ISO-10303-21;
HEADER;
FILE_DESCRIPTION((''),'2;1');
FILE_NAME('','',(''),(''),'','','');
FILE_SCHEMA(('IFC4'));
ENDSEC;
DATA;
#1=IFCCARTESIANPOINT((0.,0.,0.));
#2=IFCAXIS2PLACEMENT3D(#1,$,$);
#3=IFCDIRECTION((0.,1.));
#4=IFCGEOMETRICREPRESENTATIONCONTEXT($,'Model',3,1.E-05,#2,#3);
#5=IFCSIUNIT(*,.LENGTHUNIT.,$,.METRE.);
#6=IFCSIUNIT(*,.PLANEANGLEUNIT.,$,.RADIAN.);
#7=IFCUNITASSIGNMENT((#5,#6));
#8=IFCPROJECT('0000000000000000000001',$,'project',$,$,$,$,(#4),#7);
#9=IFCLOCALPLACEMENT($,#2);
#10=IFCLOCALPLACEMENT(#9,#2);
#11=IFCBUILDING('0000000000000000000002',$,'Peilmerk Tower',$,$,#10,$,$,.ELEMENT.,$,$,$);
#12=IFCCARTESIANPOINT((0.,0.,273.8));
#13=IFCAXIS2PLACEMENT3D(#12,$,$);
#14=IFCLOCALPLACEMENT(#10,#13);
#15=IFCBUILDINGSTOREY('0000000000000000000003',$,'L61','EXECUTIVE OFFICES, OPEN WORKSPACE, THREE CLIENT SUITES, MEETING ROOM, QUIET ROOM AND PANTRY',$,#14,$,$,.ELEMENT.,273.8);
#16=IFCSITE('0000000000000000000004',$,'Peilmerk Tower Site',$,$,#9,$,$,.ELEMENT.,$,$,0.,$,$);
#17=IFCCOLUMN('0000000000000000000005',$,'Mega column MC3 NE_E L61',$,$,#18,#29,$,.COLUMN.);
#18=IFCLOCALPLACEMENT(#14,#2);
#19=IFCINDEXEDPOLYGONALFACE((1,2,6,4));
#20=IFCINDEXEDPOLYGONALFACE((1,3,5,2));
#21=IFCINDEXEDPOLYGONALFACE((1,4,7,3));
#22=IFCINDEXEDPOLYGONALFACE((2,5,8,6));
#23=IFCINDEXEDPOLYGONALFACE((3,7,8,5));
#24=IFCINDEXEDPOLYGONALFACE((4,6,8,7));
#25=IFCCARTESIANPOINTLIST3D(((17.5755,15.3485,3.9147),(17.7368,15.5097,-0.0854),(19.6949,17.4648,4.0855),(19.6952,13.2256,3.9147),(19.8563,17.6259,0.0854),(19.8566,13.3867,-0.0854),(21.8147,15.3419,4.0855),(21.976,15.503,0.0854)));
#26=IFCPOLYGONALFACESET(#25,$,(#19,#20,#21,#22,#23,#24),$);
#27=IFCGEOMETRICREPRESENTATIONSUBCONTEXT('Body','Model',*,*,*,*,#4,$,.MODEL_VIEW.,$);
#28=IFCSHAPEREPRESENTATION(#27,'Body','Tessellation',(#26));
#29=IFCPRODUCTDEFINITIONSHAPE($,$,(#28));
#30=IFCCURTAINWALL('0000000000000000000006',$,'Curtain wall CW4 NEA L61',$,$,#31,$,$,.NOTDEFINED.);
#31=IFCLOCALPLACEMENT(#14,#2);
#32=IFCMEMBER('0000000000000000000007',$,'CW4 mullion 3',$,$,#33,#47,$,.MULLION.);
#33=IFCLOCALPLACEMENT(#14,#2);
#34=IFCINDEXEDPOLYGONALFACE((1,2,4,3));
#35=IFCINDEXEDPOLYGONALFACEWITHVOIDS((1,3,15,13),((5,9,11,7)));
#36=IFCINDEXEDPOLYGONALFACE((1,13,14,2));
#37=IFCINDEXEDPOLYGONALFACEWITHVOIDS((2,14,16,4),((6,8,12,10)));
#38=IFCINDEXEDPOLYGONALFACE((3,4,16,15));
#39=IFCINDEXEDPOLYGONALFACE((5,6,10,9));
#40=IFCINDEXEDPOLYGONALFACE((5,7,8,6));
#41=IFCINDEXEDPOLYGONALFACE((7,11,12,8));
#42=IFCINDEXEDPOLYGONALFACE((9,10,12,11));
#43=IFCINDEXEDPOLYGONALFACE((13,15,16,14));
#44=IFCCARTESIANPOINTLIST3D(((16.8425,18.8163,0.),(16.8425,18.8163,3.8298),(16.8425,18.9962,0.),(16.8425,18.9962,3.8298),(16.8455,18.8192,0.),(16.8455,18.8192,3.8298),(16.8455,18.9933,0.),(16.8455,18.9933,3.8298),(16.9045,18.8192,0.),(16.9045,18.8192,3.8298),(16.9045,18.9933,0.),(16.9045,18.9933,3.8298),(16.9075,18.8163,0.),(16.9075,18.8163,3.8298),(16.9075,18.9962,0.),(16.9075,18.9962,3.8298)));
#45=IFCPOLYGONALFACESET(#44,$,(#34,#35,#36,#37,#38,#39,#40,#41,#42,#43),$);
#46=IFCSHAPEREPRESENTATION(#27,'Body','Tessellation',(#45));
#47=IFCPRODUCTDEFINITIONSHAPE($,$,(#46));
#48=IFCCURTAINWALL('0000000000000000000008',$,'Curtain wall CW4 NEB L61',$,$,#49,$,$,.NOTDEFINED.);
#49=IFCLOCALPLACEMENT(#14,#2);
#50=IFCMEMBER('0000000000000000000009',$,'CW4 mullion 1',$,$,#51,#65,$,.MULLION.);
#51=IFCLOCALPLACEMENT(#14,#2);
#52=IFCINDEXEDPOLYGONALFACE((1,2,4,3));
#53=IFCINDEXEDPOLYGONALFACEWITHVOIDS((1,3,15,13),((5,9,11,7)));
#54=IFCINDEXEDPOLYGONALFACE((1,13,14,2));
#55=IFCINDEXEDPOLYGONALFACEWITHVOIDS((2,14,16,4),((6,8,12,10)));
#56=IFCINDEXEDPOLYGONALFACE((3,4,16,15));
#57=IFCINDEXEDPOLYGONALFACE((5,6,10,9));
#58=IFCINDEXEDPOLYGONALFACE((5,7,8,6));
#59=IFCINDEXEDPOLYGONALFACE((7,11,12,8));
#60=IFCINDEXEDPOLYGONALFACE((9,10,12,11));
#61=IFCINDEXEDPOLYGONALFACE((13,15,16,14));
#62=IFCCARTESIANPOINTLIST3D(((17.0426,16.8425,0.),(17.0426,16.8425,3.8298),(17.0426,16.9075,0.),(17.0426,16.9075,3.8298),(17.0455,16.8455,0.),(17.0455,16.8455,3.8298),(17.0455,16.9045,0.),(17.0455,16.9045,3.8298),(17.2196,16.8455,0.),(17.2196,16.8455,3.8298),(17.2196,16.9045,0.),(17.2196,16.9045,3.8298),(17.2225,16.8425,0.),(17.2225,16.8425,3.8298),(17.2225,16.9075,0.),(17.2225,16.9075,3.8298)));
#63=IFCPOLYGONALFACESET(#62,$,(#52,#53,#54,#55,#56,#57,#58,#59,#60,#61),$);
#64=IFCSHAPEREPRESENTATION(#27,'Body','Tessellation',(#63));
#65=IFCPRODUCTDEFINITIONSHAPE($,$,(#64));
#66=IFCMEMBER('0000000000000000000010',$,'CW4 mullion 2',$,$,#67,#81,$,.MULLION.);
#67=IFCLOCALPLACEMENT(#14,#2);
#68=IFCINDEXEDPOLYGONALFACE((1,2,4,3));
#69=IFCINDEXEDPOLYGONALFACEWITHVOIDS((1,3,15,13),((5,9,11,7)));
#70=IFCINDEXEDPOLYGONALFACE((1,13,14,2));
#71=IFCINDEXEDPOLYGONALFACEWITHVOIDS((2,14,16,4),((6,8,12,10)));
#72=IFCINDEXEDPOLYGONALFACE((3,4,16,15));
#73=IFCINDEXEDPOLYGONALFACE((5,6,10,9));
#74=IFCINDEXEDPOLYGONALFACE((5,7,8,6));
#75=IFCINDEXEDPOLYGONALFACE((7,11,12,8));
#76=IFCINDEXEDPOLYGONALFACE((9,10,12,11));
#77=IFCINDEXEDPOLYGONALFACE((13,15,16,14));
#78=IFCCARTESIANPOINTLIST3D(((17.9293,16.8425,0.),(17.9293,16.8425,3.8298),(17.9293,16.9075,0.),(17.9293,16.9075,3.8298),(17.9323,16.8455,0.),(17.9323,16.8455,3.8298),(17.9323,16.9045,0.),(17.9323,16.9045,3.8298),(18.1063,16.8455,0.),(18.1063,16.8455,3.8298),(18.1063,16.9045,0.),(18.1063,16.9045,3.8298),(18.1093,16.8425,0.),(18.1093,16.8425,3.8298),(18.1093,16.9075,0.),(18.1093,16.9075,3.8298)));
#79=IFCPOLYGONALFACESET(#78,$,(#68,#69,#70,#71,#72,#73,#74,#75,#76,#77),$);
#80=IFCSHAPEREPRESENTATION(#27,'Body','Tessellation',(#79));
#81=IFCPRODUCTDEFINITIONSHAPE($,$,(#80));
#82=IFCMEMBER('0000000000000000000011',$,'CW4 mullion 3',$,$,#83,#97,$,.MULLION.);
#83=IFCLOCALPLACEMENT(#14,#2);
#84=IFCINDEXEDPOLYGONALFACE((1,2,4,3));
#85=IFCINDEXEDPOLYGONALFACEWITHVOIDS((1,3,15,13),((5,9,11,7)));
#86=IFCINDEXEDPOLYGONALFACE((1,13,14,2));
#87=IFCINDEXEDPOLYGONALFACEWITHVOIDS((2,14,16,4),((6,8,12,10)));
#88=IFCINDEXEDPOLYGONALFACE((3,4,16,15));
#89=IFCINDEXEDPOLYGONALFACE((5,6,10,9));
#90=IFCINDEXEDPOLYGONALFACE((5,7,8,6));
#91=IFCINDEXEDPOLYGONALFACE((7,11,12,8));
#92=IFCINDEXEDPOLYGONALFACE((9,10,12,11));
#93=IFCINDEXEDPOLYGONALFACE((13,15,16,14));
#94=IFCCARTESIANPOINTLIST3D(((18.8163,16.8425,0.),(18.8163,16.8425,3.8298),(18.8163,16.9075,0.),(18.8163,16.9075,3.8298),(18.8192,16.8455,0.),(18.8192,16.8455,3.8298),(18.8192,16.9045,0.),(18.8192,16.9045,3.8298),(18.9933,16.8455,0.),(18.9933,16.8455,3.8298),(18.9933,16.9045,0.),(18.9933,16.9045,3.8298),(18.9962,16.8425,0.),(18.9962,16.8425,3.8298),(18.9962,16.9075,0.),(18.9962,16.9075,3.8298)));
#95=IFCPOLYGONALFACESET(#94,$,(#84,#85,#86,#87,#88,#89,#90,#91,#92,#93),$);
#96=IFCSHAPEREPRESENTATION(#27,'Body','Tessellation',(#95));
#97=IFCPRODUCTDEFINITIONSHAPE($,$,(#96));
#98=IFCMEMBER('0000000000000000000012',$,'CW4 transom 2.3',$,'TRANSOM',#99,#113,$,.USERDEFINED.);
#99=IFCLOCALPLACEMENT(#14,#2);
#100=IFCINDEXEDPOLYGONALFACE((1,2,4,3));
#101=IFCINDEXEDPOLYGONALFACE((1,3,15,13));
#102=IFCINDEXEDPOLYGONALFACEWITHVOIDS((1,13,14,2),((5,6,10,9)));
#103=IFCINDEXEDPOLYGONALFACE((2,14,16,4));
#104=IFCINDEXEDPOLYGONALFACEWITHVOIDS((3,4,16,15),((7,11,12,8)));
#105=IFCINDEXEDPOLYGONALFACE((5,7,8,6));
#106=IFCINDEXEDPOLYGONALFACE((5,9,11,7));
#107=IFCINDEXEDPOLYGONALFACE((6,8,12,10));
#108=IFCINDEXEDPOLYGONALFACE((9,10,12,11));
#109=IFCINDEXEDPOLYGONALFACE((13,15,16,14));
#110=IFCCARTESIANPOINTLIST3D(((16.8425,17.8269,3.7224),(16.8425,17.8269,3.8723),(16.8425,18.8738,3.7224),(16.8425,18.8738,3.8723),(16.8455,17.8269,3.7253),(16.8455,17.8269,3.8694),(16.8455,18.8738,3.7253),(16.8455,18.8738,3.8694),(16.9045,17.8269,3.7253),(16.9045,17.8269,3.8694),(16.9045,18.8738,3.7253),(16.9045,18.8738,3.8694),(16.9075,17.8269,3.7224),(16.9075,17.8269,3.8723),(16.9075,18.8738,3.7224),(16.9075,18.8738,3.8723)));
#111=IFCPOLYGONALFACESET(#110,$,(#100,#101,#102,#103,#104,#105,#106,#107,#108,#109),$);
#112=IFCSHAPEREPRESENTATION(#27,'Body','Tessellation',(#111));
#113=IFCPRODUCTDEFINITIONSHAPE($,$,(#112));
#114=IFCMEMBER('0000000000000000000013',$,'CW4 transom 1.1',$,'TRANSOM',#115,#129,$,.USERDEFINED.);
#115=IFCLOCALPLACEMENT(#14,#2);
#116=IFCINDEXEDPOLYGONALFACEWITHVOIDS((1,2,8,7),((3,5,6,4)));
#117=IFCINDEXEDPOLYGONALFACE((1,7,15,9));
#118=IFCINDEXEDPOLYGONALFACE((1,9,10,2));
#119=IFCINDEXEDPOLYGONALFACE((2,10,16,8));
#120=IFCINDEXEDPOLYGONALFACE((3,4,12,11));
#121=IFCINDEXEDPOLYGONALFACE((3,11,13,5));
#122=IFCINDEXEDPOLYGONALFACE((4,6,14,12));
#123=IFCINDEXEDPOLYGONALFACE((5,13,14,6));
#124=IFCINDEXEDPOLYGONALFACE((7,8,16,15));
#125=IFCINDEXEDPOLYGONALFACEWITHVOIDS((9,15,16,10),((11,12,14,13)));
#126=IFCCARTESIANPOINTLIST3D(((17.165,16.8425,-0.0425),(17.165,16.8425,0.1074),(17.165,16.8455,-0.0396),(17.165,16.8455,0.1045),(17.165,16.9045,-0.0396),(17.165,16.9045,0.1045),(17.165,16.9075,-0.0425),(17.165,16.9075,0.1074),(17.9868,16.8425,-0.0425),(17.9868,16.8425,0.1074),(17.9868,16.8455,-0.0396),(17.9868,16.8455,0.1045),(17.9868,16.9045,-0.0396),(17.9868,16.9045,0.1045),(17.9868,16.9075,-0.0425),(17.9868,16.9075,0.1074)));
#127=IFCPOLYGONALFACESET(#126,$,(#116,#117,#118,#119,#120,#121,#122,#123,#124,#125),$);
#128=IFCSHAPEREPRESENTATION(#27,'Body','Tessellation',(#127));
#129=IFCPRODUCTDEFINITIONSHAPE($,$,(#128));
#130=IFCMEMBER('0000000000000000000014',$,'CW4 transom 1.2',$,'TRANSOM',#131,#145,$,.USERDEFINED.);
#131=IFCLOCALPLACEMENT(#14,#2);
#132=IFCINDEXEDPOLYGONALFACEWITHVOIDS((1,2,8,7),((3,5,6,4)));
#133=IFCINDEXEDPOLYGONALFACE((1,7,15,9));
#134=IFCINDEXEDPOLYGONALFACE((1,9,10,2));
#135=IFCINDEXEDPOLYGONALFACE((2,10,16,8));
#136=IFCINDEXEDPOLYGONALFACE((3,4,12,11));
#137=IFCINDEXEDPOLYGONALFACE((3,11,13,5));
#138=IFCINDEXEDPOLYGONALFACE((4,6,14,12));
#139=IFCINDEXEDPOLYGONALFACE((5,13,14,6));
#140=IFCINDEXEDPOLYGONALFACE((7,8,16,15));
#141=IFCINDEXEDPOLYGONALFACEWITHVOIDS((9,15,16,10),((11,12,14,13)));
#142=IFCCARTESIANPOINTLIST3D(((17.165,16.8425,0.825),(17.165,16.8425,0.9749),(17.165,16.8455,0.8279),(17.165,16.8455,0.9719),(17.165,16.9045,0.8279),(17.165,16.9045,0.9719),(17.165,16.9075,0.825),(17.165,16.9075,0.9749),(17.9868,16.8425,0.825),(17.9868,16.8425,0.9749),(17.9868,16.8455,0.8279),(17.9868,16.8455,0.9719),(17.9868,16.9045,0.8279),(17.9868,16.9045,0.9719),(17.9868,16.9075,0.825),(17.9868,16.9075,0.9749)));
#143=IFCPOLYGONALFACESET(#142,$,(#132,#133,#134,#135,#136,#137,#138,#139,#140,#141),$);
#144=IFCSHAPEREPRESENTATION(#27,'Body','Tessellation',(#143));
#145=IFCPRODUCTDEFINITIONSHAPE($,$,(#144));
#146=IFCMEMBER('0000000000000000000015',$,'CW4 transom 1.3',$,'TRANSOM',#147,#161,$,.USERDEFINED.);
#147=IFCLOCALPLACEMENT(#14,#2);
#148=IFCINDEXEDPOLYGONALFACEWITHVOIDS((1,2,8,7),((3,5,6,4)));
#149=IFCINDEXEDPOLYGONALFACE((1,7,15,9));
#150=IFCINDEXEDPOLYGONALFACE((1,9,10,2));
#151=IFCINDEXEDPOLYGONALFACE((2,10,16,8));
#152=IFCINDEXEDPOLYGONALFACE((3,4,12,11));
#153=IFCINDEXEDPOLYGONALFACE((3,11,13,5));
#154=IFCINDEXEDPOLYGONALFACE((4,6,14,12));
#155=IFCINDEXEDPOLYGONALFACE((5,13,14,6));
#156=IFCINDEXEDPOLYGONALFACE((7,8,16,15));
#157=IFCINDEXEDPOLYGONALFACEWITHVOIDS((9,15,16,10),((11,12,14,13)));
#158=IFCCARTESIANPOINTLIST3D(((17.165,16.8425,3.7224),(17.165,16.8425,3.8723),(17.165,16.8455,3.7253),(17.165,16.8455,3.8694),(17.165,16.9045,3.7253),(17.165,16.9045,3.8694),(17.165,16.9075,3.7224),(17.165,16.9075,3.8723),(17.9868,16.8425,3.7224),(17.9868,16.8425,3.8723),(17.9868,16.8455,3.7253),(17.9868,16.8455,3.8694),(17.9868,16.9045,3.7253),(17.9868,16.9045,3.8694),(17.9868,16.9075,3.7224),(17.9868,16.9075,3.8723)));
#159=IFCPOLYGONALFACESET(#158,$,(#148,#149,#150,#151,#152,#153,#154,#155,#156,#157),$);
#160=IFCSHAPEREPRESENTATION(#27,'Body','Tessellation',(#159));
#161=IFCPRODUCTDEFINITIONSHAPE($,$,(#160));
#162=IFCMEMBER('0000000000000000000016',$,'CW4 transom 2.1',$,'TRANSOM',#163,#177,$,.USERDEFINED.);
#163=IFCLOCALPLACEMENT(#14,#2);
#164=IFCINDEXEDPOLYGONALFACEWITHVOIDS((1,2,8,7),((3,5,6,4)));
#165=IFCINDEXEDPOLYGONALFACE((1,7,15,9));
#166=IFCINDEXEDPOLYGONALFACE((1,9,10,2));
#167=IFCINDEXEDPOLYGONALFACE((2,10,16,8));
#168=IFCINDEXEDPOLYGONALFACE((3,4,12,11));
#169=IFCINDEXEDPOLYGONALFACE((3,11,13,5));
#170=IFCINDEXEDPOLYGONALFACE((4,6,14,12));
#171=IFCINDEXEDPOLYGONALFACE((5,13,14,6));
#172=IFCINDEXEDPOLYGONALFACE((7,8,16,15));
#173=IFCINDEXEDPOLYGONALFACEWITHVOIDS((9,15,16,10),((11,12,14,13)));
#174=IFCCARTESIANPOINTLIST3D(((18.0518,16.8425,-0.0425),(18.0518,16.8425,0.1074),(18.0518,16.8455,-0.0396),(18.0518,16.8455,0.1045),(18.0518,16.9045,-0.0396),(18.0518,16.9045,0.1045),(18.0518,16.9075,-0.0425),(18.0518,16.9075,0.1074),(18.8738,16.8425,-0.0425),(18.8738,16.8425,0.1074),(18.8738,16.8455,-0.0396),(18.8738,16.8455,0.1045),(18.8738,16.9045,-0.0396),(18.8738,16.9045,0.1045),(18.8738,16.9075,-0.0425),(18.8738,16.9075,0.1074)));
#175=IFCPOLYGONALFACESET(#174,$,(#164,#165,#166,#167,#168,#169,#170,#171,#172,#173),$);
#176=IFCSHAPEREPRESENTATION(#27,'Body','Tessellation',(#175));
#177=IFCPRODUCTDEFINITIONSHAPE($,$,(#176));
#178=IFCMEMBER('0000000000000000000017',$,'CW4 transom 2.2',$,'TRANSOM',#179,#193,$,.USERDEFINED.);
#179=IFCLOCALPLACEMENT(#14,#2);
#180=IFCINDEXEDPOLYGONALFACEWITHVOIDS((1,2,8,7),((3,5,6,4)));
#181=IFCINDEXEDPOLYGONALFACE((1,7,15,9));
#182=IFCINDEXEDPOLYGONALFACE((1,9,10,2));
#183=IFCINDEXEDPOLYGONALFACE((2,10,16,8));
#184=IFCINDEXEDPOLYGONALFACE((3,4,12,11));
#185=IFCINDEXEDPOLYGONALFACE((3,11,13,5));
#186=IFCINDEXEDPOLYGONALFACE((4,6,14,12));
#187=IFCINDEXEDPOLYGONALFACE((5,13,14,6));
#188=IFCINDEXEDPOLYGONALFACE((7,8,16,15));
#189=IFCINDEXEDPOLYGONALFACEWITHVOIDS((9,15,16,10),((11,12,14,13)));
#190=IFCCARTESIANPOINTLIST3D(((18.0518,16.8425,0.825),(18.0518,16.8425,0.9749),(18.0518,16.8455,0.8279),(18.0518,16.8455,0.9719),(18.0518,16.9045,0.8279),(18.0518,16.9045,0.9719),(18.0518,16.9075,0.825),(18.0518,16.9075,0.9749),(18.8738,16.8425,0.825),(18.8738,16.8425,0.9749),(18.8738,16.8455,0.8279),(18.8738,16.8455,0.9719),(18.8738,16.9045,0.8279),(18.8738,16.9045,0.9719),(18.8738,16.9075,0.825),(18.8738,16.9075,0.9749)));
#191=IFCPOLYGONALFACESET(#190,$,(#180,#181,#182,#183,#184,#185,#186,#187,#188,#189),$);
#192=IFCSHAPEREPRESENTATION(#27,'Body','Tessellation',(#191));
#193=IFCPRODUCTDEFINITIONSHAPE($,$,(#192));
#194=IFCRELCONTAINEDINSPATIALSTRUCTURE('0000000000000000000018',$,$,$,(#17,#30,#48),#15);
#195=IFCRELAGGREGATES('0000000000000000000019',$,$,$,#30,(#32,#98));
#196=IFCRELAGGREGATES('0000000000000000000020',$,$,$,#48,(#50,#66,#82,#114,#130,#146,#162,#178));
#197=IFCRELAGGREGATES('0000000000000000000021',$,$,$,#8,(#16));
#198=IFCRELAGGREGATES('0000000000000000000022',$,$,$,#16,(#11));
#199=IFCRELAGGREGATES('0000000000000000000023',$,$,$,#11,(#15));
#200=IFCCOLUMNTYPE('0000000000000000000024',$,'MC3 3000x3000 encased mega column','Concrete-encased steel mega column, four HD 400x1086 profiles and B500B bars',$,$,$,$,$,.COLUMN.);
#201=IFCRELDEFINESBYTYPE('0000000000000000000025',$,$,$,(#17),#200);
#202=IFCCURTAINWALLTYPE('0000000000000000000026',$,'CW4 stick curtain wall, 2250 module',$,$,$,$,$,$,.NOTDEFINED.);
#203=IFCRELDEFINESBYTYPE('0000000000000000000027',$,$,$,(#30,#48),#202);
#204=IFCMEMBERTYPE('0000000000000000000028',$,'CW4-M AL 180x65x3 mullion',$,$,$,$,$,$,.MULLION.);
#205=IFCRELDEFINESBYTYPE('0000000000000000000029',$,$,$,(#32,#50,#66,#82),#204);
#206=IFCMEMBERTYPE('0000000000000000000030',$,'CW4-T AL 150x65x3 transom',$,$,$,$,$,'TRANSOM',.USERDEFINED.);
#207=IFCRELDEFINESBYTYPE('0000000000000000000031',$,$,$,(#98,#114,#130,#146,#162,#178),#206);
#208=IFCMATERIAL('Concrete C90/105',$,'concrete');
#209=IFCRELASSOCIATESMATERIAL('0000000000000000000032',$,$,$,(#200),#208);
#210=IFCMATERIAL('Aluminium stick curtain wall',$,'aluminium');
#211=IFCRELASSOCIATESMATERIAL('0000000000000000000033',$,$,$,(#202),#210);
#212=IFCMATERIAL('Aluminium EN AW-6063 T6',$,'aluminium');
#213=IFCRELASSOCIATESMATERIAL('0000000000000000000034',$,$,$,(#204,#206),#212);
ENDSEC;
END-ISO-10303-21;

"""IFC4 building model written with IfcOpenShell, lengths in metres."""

from ifc_helpers import new_model, si_unit, direction, frame, origin, origin_2d, place, context, subcontext, project, spatial, rectangle, hollow_rectangle, extrude, material, material_profile, profile_set, type_object, element, aggregate, save


model = new_model("IFC4")

# Units and contexts
model_context = context("Model", 3, precision=1e-05, world=origin(), true_north=direction((0.0, 1.0)))
body_context = subcontext(model_context, "Body", "Model", "MODEL_VIEW")
ifc_project = project(units=[si_unit("LENGTHUNIT", "METRE"), si_unit("PLANEANGLEUNIT", "RADIAN")], contexts=[model_context])

# Site, building, storey
site_placement = place(None, origin())
site = spatial("IfcSite", under=ifc_project, at=site_placement, Name="Peilmerk Tower Site", CompositionType="ELEMENT", RefElevation=0.0)
building_placement = place(site_placement, origin())
building = spatial("IfcBuilding", under=site, at=building_placement, Name="Peilmerk Tower", CompositionType="ELEMENT")
storey_placement = place(building_placement, frame((0.0, 0.0, 273.8)))
storey = spatial("IfcBuildingStorey", under=building, at=storey_placement, Name="L61", Description="EXECUTIVE OFFICES, OPEN WORKSPACE, THREE CLIENT SUITES, MEETING ROOM, QUIET ROOM AND PANTRY", CompositionType="ELEMENT", Elevation=273.8)

# Column
ifc_material_1 = material(Name="Concrete C90/105", Category="concrete")
ifc_material_profile_1 = material_profile(ifc_material_1, rectangle(XDim=3.0, YDim=3.0, at=origin_2d()), Name="RC 3000x3000")
ifc_profile_set_1 = profile_set([ifc_material_profile_1], Name="Concrete C90/105")
column_type = type_object("IfcColumnType", Name="MC3 3000x3000 encased mega column", Description="Concrete-encased steel mega column, four HD 400x1086 profiles and B500B bars", PredefinedType="COLUMN", material=ifc_profile_set_1)
column_placement = place(storey_placement, frame((19.8564, 15.5063, 0.0), z_axis=(-0.040279, -0.040218, 0.998379), x_axis=(0.706571, -0.707642, 0.0)))
element("IfcColumn", 1, at=column_placement, inside=storey, type_object=column_type, Name="Mega column MC3 NE_E L61", PredefinedType="COLUMN", context=body_context, shape_type="SweptSolid", body=[
    extrude(rectangle(XDim=3.0, YDim=3.0, at=origin_2d()), origin(), (0.0, 0.0, 1.0), 4.0066),
])

# Curtain wall, member
ifc_material_2 = material(Name="Aluminium stick curtain wall", Category="aluminium")
curtain_wall_type = type_object("IfcCurtainWallType", Name="CW4 stick curtain wall, 2250 module", PredefinedType="NOTDEFINED", material=ifc_material_2)
curtain_wall_1_placement = place(storey_placement, origin())
curtain_wall_1 = element("IfcCurtainWall", 2, at=curtain_wall_1_placement, inside=storey, type_object=curtain_wall_type, Name="Curtain wall CW4 NEA L61", PredefinedType="NOTDEFINED")
ifc_material_3 = material(Name="Aluminium EN AW-6063 T6", Category="aluminium")
ifc_material_profile_2 = material_profile(ifc_material_3, hollow_rectangle(XDim=0.0649, YDim=0.1799, WallThickness=0.0029, at=origin_2d()), Name="AL 180x65x3")
ifc_profile_set_2 = profile_set([ifc_material_profile_2], Name="Aluminium EN AW-6063 T6")
member_type_1 = type_object("IfcMemberType", Name="CW4-M AL 180x65x3 mullion", PredefinedType="MULLION", material=ifc_profile_set_2)
member_1_placement = place(storey_placement, frame((16.875, 18.9062, 0.0), z_axis=(0.0, 0.0, 1.0), x_axis=(-1.0, 0.0, 0.0)))
member_1 = element("IfcMember", 3, at=member_1_placement, type_object=member_type_1, Name="CW4 mullion 3", PredefinedType="MULLION", context=body_context, shape_type="SweptSolid", body=[
    extrude(hollow_rectangle(XDim=0.0649, YDim=0.1799, WallThickness=0.0029, at=origin_2d()), origin(), (0.0, 0.0, 1.0), 3.8298),
])

# Curtain wall, members
curtain_wall_2_placement = place(storey_placement, origin())
curtain_wall_2 = element("IfcCurtainWall", 4, at=curtain_wall_2_placement, inside=storey, type_object=curtain_wall_type, Name="Curtain wall CW4 NEB L61", PredefinedType="NOTDEFINED")
member_2_placement = place(storey_placement, frame((17.1326, 16.875, 0.0), z_axis=(0.0, 0.0, 1.0), x_axis=(0.0, 1.0, 0.0)))
member_2 = element("IfcMember", 5, at=member_2_placement, type_object=member_type_1, Name="CW4 mullion 1", PredefinedType="MULLION", context=body_context, shape_type="SweptSolid", body=[
    extrude(hollow_rectangle(XDim=0.0649, YDim=0.1799, WallThickness=0.0029, at=origin_2d()), origin(), (0.0, 0.0, 1.0), 3.8298),
])
member_3_placement = place(storey_placement, frame((18.0193, 16.875, 0.0), z_axis=(0.0, 0.0, 1.0), x_axis=(0.0, 1.0, 0.0)))
member_3 = element("IfcMember", 6, at=member_3_placement, type_object=member_type_1, Name="CW4 mullion 2", PredefinedType="MULLION", context=body_context, shape_type="SweptSolid", body=[
    extrude(hollow_rectangle(XDim=0.0649, YDim=0.1799, WallThickness=0.0029, at=origin_2d()), origin(), (0.0, 0.0, 1.0), 3.8298),
])
member_4_placement = place(storey_placement, frame((18.9062, 16.875, 0.0), z_axis=(0.0, 0.0, 1.0), x_axis=(0.0, 1.0, 0.0)))
member_4 = element("IfcMember", 7, at=member_4_placement, type_object=member_type_1, Name="CW4 mullion 3", PredefinedType="MULLION", context=body_context, shape_type="SweptSolid", body=[
    extrude(hollow_rectangle(XDim=0.0649, YDim=0.1799, WallThickness=0.0029, at=origin_2d()), origin(), (0.0, 0.0, 1.0), 3.8298),
])

# Members
ifc_material_profile_3 = material_profile(ifc_material_3, hollow_rectangle(XDim=0.0649, YDim=0.1499, WallThickness=0.0029, at=origin_2d()), Name="AL 150x65x3")
ifc_profile_set_3 = profile_set([ifc_material_profile_3], Name="Aluminium EN AW-6063 T6")
member_type_2 = type_object("IfcMemberType", Name="CW4-T AL 150x65x3 transom", ElementType="TRANSOM", PredefinedType="USERDEFINED", material=ifc_profile_set_3)
member_5_placement = place(storey_placement, frame((16.875, 17.8269, 3.7974), z_axis=(0.0, 1.0, 0.0), x_axis=(-1.0, 0.0, 0.0)))
member_5 = element("IfcMember", 8, at=member_5_placement, type_object=member_type_2, Name="CW4 transom 2.3", ObjectType="TRANSOM", PredefinedType="USERDEFINED", context=body_context, shape_type="SweptSolid", body=[
    extrude(hollow_rectangle(XDim=0.0649, YDim=0.1499, WallThickness=0.0029, at=origin_2d()), origin(), (0.0, 0.0, 1.0), 1.0469),
])
member_6_placement = place(storey_placement, frame((17.165, 16.875, 0.0325), z_axis=(1.0, 0.0, 0.0), x_axis=(0.0, 1.0, 0.0)))
member_6 = element("IfcMember", 9, at=member_6_placement, type_object=member_type_2, Name="CW4 transom 1.1", ObjectType="TRANSOM", PredefinedType="USERDEFINED", context=body_context, shape_type="SweptSolid", body=[
    extrude(hollow_rectangle(XDim=0.0649, YDim=0.1499, WallThickness=0.0029, at=origin_2d()), origin(), (0.0, 0.0, 1.0), 0.8218),
])
member_7_placement = place(storey_placement, frame((17.165, 16.875, 0.8999), z_axis=(1.0, 0.0, 0.0), x_axis=(0.0, 1.0, 0.0)))
member_7 = element("IfcMember", 10, at=member_7_placement, type_object=member_type_2, Name="CW4 transom 1.2", ObjectType="TRANSOM", PredefinedType="USERDEFINED", context=body_context, shape_type="SweptSolid", body=[
    extrude(hollow_rectangle(XDim=0.0649, YDim=0.1499, WallThickness=0.0029, at=origin_2d()), origin(), (0.0, 0.0, 1.0), 0.8218),
])
member_8_placement = place(storey_placement, frame((17.165, 16.875, 3.7974), z_axis=(1.0, 0.0, 0.0), x_axis=(0.0, 1.0, 0.0)))
member_8 = element("IfcMember", 11, at=member_8_placement, type_object=member_type_2, Name="CW4 transom 1.3", ObjectType="TRANSOM", PredefinedType="USERDEFINED", context=body_context, shape_type="SweptSolid", body=[
    extrude(hollow_rectangle(XDim=0.0649, YDim=0.1499, WallThickness=0.0029, at=origin_2d()), origin(), (0.0, 0.0, 1.0), 0.8218),
])
member_9_placement = place(storey_placement, frame((18.0518, 16.875, 0.0325), z_axis=(1.0, 0.0, 0.0), x_axis=(0.0, 1.0, 0.0)))
member_9 = element("IfcMember", 12, at=member_9_placement, type_object=member_type_2, Name="CW4 transom 2.1", ObjectType="TRANSOM", PredefinedType="USERDEFINED", context=body_context, shape_type="SweptSolid", body=[
    extrude(hollow_rectangle(XDim=0.0649, YDim=0.1499, WallThickness=0.0029, at=origin_2d()), origin(), (0.0, 0.0, 1.0), 0.822),
])
member_10_placement = place(storey_placement, frame((18.0518, 16.875, 0.8999), z_axis=(1.0, 0.0, 0.0), x_axis=(0.0, 1.0, 0.0)))
member_10 = element("IfcMember", 13, at=member_10_placement, type_object=member_type_2, Name="CW4 transom 2.2", ObjectType="TRANSOM", PredefinedType="USERDEFINED", context=body_context, shape_type="SweptSolid", body=[
    extrude(hollow_rectangle(XDim=0.0649, YDim=0.1499, WallThickness=0.0029, at=origin_2d()), origin(), (0.0, 0.0, 1.0), 0.822),
])

aggregate(curtain_wall_1, [member_1, member_5])
aggregate(curtain_wall_2, [member_2, member_3, member_4, member_6, member_7, member_8, member_9, member_10])

save(model, "model.ifc")
